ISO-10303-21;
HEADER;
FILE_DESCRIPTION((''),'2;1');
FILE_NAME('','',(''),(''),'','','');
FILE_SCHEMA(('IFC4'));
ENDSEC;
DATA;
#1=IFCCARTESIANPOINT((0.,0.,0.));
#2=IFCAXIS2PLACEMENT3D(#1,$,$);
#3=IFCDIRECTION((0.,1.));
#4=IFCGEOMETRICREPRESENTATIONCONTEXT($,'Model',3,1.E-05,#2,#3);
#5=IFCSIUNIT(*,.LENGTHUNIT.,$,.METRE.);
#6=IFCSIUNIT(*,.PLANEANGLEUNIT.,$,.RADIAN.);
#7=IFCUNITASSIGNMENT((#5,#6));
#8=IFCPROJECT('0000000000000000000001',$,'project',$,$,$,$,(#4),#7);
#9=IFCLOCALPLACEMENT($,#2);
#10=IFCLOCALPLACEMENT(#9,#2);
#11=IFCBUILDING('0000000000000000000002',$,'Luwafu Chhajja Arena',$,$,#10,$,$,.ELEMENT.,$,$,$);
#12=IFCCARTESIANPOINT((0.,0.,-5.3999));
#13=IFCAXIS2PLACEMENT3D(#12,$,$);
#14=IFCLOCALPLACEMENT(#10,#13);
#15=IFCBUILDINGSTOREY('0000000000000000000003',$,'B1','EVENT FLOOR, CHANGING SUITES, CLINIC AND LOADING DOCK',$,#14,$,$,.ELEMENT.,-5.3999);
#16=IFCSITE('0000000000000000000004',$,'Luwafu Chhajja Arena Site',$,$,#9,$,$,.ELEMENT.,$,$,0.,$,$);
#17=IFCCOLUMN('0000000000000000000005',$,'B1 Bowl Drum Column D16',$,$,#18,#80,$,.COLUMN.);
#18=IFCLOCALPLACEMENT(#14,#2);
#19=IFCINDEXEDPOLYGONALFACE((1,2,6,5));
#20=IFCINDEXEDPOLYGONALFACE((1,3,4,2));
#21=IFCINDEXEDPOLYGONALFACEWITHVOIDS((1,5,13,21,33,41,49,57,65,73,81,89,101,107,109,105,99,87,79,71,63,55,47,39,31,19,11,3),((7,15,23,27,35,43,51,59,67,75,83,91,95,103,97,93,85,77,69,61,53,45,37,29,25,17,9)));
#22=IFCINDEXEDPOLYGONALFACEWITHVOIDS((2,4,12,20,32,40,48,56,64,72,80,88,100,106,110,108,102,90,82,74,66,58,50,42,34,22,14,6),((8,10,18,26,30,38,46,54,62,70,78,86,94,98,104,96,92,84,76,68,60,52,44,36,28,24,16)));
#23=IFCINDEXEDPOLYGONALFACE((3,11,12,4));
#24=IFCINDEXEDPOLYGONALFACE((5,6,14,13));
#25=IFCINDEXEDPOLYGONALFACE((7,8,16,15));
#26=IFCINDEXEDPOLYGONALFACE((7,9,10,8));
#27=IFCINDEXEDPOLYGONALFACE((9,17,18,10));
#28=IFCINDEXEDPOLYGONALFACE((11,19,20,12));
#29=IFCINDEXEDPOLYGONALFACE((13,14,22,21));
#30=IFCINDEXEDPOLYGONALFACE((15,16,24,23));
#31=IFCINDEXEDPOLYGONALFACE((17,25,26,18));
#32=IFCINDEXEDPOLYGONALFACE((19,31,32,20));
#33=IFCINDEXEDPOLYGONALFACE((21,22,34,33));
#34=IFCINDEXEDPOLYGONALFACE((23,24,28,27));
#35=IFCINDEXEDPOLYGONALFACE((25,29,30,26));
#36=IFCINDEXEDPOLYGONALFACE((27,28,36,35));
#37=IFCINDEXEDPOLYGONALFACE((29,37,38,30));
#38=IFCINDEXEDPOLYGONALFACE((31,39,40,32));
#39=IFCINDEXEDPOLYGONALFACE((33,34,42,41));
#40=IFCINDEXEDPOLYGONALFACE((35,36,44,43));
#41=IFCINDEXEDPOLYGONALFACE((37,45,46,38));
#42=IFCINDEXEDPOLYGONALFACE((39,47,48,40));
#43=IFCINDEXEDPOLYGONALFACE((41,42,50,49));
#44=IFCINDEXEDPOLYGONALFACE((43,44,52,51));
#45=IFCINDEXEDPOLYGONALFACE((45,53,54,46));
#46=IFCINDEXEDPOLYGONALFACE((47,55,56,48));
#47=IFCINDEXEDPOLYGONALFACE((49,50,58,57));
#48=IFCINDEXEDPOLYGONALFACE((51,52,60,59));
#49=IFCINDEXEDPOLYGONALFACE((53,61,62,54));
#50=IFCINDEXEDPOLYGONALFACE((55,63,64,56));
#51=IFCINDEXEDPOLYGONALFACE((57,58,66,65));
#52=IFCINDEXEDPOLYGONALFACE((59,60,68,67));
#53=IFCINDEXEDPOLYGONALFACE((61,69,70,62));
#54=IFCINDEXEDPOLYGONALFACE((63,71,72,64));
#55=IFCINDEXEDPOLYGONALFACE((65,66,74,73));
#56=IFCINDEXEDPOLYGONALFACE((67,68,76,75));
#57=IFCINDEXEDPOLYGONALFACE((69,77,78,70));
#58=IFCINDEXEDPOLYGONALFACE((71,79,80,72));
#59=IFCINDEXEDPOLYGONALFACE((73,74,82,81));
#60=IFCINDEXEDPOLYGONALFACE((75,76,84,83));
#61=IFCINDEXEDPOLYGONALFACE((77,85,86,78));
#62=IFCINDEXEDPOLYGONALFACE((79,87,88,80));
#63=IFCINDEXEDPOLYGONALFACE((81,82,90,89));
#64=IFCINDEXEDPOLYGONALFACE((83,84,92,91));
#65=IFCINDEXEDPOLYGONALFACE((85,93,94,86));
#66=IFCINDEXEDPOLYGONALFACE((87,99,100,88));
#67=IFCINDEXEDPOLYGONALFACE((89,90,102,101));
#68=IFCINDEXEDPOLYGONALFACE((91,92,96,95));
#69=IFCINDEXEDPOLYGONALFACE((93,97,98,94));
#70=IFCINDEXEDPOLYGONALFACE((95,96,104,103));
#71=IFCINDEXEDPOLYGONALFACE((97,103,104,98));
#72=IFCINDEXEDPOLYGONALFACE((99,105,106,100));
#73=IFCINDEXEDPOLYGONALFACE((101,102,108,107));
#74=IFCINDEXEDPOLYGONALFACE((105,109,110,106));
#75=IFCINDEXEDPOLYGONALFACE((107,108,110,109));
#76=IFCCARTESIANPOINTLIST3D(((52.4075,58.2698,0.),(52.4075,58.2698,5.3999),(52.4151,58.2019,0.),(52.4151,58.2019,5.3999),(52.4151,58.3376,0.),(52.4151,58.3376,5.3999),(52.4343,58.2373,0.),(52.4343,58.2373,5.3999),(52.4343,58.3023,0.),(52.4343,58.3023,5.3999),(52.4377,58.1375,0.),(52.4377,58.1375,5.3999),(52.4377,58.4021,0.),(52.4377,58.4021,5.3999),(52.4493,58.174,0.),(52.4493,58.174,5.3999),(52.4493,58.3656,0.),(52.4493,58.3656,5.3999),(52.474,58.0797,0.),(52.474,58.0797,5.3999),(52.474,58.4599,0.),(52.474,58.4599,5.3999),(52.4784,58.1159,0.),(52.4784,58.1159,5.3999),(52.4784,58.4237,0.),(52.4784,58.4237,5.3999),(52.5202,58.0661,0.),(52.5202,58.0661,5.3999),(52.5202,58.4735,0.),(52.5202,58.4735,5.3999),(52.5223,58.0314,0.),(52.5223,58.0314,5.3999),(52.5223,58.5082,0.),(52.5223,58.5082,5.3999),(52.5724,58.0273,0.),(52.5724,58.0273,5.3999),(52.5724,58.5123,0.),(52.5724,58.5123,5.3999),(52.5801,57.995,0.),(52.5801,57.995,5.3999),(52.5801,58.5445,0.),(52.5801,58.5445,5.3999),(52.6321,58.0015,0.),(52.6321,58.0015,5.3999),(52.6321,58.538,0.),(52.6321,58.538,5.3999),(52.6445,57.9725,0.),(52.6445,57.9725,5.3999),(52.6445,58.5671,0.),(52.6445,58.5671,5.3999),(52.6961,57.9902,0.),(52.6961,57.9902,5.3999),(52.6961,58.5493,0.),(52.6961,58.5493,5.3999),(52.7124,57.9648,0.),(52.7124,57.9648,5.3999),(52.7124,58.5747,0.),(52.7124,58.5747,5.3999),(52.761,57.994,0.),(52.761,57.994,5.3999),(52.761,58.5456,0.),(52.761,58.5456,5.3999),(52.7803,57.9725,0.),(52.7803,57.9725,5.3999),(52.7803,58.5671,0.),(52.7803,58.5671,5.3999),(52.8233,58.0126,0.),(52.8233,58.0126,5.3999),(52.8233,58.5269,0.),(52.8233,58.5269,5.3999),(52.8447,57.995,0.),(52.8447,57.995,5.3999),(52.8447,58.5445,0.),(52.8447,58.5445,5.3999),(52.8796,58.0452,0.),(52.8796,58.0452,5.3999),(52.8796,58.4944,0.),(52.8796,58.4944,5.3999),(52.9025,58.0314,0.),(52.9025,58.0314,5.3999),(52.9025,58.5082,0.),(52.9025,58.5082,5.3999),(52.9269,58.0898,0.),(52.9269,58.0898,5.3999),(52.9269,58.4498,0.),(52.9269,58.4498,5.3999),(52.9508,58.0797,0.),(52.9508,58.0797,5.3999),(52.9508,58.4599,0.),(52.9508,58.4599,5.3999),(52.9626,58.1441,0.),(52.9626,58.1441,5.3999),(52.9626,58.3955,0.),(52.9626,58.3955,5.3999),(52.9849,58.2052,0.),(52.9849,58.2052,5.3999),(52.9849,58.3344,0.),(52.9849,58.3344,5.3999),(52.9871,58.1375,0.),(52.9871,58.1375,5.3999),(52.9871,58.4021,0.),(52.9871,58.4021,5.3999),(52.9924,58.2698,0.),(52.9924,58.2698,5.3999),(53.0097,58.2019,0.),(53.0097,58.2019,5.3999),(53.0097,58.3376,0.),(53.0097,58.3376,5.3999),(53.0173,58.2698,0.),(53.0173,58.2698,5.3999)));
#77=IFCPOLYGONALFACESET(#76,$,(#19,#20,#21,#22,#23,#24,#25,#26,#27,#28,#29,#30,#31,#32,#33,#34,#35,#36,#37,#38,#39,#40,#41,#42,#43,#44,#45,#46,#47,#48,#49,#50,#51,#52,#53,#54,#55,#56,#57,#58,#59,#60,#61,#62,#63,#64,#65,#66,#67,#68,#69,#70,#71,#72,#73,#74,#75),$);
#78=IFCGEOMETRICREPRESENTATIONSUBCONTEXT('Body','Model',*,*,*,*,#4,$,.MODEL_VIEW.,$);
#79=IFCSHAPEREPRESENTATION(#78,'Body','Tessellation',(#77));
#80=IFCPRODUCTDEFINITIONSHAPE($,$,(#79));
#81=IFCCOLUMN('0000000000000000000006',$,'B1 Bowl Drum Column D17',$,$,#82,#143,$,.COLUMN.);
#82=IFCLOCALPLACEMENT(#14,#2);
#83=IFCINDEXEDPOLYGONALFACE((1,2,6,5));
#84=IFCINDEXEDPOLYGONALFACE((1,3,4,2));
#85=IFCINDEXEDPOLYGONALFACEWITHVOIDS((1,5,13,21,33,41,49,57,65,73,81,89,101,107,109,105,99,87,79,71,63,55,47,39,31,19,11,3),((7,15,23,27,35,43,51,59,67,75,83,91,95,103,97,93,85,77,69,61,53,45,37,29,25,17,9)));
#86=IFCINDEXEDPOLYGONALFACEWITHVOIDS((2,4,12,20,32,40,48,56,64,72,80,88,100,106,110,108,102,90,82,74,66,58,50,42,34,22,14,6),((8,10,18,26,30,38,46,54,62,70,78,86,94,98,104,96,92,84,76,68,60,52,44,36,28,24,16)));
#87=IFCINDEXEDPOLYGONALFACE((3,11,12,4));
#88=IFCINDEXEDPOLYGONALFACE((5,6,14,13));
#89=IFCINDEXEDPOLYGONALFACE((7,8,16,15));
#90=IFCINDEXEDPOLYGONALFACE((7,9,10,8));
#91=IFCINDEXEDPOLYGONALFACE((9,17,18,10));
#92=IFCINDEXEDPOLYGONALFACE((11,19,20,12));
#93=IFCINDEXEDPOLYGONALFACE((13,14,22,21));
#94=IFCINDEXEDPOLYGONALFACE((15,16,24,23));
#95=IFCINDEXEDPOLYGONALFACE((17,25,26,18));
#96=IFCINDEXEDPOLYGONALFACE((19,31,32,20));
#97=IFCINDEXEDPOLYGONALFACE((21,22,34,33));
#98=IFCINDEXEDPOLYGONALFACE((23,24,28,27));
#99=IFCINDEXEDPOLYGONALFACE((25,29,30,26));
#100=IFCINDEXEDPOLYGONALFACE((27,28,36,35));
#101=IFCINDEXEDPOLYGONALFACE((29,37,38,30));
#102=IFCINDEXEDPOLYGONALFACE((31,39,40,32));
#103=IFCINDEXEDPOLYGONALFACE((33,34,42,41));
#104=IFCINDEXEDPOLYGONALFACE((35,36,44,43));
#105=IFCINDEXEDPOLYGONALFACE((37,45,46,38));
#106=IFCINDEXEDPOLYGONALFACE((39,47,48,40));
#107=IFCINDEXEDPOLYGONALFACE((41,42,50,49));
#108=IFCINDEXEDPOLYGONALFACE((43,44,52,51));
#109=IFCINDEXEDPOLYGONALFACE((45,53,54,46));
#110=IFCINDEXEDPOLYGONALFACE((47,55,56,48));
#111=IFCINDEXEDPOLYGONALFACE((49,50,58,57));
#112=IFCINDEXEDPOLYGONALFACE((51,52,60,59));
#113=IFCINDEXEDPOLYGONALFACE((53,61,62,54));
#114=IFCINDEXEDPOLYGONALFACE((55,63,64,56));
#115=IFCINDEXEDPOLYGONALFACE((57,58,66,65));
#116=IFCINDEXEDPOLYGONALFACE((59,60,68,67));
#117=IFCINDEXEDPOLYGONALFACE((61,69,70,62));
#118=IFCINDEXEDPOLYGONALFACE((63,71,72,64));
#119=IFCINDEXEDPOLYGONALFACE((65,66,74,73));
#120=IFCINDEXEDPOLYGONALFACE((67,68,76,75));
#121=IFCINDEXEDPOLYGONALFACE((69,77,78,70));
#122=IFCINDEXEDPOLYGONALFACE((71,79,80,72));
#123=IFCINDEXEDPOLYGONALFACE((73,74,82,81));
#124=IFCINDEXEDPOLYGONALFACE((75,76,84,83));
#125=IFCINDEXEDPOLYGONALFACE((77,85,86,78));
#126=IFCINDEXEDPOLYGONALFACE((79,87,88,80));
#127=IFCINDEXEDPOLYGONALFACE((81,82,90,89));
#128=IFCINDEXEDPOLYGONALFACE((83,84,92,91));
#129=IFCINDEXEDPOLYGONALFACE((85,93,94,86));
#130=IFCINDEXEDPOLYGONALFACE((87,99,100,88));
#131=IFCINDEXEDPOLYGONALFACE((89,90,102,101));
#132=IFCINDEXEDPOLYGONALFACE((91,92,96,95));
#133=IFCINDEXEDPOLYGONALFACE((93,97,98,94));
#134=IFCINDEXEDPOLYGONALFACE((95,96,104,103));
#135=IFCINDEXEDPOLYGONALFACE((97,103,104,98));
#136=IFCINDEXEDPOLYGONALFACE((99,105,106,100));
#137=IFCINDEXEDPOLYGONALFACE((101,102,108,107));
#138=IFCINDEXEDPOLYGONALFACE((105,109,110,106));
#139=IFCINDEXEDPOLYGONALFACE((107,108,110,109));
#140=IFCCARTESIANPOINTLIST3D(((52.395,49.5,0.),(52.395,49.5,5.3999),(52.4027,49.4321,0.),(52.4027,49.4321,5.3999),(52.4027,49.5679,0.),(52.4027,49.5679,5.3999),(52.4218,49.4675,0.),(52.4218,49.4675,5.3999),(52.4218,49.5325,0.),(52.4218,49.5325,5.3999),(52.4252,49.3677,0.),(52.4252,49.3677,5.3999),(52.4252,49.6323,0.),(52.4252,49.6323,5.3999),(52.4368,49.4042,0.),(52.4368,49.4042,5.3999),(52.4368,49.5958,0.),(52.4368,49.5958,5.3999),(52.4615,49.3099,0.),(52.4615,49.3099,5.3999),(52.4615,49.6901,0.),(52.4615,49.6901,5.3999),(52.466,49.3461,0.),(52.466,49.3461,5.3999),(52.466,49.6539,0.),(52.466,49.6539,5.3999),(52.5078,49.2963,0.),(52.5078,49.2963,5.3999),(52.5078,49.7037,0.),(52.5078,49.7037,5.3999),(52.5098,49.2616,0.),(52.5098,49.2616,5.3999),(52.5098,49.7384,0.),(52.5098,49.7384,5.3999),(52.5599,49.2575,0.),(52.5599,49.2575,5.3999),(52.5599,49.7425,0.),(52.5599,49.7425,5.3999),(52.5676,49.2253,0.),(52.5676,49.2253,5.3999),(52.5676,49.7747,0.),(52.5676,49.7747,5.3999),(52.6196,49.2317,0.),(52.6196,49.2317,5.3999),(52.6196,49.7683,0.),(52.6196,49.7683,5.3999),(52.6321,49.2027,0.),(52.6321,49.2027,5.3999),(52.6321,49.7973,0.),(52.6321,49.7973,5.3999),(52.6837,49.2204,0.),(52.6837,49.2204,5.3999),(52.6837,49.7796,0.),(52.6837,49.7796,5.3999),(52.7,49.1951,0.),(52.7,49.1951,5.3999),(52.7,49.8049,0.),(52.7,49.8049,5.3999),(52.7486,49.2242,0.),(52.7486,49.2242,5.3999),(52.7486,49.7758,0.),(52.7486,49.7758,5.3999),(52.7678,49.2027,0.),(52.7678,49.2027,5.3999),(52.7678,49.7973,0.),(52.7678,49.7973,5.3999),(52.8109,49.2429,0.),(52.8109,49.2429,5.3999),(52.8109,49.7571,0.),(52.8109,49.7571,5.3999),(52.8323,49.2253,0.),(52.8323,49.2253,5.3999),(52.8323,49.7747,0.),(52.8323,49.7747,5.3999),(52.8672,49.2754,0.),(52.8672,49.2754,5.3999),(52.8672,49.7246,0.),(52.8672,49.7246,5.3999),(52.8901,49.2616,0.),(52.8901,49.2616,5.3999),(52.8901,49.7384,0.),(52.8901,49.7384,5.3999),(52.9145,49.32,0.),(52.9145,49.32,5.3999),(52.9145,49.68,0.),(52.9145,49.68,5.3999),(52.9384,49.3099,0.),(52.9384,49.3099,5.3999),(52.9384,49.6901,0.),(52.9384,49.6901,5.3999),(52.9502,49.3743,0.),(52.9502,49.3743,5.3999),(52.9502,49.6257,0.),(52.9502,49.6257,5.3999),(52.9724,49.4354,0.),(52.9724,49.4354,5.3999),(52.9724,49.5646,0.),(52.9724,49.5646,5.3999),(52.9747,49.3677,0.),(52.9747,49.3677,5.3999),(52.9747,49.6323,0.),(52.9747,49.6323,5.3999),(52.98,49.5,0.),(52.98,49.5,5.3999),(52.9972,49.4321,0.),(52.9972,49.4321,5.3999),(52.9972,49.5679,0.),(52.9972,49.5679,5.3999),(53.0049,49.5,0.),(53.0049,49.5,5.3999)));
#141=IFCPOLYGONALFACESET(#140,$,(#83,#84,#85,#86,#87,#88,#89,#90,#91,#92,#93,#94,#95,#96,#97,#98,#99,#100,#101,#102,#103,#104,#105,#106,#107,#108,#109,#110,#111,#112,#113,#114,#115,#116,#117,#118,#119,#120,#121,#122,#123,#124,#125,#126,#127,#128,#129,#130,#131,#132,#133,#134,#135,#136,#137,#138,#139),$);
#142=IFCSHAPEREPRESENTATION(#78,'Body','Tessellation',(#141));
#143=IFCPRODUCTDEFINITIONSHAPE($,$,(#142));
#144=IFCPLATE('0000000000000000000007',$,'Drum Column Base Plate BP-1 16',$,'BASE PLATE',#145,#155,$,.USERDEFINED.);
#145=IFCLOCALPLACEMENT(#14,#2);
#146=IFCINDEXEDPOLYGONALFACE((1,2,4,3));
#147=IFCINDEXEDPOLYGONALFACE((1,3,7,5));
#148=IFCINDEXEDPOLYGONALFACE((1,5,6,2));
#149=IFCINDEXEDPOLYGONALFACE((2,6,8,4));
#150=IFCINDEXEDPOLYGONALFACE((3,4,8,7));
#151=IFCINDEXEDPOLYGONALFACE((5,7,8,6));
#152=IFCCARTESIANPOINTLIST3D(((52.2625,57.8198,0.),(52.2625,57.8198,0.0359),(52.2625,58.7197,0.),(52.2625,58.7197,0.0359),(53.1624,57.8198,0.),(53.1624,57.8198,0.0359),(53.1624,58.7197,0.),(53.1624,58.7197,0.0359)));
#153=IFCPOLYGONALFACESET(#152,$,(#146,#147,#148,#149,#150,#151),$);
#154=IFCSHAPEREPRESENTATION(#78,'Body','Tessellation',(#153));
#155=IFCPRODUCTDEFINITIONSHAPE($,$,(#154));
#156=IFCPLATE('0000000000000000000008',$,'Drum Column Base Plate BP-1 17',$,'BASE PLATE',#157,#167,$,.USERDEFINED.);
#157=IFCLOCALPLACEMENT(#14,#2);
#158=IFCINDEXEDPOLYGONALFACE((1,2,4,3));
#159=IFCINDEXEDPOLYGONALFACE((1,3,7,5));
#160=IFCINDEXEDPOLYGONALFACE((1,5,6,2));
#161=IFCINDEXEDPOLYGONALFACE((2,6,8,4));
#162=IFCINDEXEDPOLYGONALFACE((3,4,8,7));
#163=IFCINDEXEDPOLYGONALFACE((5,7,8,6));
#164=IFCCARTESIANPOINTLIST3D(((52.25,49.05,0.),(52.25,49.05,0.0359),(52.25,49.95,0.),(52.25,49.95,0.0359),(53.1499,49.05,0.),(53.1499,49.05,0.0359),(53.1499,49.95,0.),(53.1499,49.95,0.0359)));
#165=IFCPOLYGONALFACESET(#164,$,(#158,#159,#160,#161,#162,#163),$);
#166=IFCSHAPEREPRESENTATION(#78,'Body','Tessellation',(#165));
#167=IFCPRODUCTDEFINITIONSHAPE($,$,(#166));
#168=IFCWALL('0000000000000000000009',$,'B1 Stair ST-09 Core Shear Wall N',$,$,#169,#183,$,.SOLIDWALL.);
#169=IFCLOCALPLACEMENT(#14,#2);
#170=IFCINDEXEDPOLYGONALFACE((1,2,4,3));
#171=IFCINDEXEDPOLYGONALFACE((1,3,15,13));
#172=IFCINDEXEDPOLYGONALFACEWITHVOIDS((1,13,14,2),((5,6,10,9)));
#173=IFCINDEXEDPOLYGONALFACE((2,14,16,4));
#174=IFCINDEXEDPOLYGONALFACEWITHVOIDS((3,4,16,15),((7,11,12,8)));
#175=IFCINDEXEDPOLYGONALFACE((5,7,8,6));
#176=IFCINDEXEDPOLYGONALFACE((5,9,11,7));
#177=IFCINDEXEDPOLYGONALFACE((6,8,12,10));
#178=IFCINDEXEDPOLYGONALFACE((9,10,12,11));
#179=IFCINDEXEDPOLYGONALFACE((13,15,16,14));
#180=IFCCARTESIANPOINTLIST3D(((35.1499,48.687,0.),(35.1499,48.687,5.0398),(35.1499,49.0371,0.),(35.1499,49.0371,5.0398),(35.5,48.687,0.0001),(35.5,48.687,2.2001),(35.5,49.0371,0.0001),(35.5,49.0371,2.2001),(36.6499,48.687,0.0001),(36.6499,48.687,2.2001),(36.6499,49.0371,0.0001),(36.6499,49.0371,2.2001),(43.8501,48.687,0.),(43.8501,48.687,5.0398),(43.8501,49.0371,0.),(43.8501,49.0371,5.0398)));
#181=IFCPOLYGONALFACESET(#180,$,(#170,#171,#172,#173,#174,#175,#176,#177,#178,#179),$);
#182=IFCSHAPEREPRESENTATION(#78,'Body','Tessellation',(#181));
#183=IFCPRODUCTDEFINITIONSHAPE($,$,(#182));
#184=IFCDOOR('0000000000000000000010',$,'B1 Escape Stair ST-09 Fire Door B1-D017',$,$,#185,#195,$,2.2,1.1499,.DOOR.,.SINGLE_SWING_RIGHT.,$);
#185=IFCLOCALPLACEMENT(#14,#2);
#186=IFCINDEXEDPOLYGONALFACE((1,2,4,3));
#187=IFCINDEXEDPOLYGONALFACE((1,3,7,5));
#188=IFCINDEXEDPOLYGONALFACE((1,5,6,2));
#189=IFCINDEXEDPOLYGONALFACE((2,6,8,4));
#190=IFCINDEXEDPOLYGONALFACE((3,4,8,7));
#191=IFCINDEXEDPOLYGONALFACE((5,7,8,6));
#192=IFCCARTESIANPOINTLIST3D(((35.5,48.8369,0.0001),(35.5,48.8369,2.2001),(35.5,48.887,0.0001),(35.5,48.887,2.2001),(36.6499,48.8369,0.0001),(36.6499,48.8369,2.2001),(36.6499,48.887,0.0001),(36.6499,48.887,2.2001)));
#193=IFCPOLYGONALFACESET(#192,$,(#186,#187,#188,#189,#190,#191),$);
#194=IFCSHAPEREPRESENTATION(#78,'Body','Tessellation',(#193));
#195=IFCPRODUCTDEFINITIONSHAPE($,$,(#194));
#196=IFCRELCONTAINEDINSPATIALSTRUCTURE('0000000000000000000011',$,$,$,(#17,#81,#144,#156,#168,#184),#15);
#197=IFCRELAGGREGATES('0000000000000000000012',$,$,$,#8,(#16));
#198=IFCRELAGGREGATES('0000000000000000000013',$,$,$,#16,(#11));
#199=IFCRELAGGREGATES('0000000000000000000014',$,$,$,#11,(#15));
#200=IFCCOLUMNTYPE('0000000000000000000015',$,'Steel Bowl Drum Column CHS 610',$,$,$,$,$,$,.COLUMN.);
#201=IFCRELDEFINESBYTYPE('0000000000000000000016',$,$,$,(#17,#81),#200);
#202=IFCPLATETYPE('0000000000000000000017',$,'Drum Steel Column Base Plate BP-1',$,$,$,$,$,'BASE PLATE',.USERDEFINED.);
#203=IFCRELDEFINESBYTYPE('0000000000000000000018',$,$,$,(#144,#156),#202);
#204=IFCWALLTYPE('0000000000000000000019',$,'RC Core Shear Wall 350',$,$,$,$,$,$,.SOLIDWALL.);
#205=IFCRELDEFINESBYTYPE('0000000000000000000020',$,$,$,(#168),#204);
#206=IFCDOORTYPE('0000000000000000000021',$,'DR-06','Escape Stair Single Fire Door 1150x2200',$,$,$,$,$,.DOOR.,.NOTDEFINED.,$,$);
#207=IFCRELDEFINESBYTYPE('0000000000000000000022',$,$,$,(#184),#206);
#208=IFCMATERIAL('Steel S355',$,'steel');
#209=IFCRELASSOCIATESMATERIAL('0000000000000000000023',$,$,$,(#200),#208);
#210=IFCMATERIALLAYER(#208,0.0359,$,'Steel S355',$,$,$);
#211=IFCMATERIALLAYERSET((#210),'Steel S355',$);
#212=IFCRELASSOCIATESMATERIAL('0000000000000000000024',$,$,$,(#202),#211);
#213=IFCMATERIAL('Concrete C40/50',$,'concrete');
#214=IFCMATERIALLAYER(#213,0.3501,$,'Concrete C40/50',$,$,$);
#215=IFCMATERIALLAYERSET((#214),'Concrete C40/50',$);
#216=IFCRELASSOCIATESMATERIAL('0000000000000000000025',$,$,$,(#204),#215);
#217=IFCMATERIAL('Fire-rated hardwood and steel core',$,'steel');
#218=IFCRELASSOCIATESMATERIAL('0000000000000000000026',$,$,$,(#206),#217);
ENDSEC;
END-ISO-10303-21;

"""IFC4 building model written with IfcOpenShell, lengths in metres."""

from ifc_helpers import new_model, si_unit, direction, frame, frame_2d, origin, origin_2d, place, context, subcontext, project, spatial, rectangle, hollow_circle, extrude, material, layer, layer_set, material_profile, profile_set, type_object, element, fill, save


model = new_model("IFC4")

# Units and contexts
model_context = context("Model", 3, precision=1e-05, world=origin(), true_north=direction((0.0, 1.0)))
body_context = subcontext(model_context, "Body", "Model", "MODEL_VIEW")
ifc_project = project(units=[si_unit("LENGTHUNIT", "METRE"), si_unit("PLANEANGLEUNIT", "RADIAN")], contexts=[model_context])

# Site, building, storey
site_placement = place(None, origin())
site = spatial("IfcSite", under=ifc_project, at=site_placement, Name="Luwafu Chhajja Arena Site", CompositionType="ELEMENT", RefElevation=0.0)
building_placement = place(site_placement, origin())
building = spatial("IfcBuilding", under=site, at=building_placement, Name="Luwafu Chhajja Arena", CompositionType="ELEMENT")
storey_placement = place(building_placement, frame((0.0, 0.0, -5.3999)))
storey = spatial("IfcBuildingStorey", under=building, at=storey_placement, Name="B1", Description="EVENT FLOOR, CHANGING SUITES, CLINIC AND LOADING DOCK", CompositionType="ELEMENT", Elevation=-5.3999)

# Columns
ifc_material_1 = material(Name="Steel S355", Category="steel")
ifc_material_profile_1 = material_profile(ifc_material_1, hollow_circle(Radius=0.3049, WallThickness=0.0249, at=origin_2d()), Name="CHS 610x25")
ifc_profile_set_1 = profile_set([ifc_material_profile_1], Name="Steel S355")
column_type_1 = type_object("IfcColumnType", Name="Steel Bowl Drum Column CHS 610", PredefinedType="COLUMN", material=ifc_profile_set_1)
for number, where, z_axis, x_axis, name in (
    (1, (52.7124, 58.2698, 0.0), (0.0, 0.0, 1.0), (1.0, 0.0, 0.0), "B1 Bowl Drum Column D16"),
    (2, (52.7, 49.5, 0.0), (0.0, 0.0, 1.0), (1.0, 0.0, 0.0), "B1 Bowl Drum Column D17"),
):
    element("IfcColumn", number, at=place(storey_placement, frame(where, z_axis=z_axis, x_axis=x_axis)), inside=storey, type_object=column_type_1, Name=name, PredefinedType="COLUMN", context=body_context, shape_type="SweptSolid", body=[
        extrude(hollow_circle(Radius=0.3049, WallThickness=0.0249, at=origin_2d()), origin(), (0.0, 0.0, 1.0), 5.3999),
    ])

# Plates
ifc_layer_1 = layer(ifc_material_1, 0.0359, Name="Steel S355")
ifc_layer_set_1 = layer_set([ifc_layer_1], Name="Steel S355")
plate_type = type_object("IfcPlateType", Name="Drum Steel Column Base Plate BP-1", ElementType="BASE PLATE", PredefinedType="USERDEFINED", material=ifc_layer_set_1)
for number, where, z_axis, x_axis, name in (
    (3, (52.7124, 58.2698, 0.0), (0.0, 0.0, 1.0), (1.0, 0.0, 0.0), "Drum Column Base Plate BP-1 16"),
    (4, (52.7, 49.5, 0.0), (0.0, 0.0, 1.0), (1.0, 0.0, 0.0), "Drum Column Base Plate BP-1 17"),
):
    element("IfcPlate", number, at=place(storey_placement, frame(where, z_axis=z_axis, x_axis=x_axis)), inside=storey, type_object=plate_type, Name=name, ObjectType="BASE PLATE", PredefinedType="USERDEFINED", context=body_context, shape_type="SweptSolid", body=[
        extrude(rectangle(XDim=0.8999, YDim=0.8999, at=origin_2d()), origin(), (0.0, 0.0, 1.0), 0.0359),
    ])

# Wall, opening, door
ifc_material_2 = material(Name="Concrete C40/50", Category="concrete")
ifc_layer_2 = layer(ifc_material_2, 0.3501, Name="Concrete C40/50")
ifc_layer_set_2 = layer_set([ifc_layer_2], Name="Concrete C40/50")
wall_type_1 = type_object("IfcWallType", Name="RC Core Shear Wall 350", PredefinedType="SOLIDWALL", material=ifc_layer_set_2)
wall_1_placement = place(storey_placement, frame((35.1499, 48.8621, 0.0), z_axis=(0.0, 0.0, 1.0), x_axis=(1.0, 0.0, 0.0)))
wall_1 = element("IfcWall", 5, at=wall_1_placement, inside=storey, type_object=wall_type_1, Name="B1 Stair ST-09 Core Shear Wall N", PredefinedType="SOLIDWALL", context=body_context, shape_type="SweptSolid", body=[
    extrude(rectangle(XDim=8.7002, YDim=0.3501, at=frame_2d((4.3501, 0.0))), origin(), (0.0, 0.0, 1.0), 5.0398),
])
opening_1_placement = place(wall_1_placement, frame((0.3501, 0.0, 0.0)))
opening_1 = element("IfcOpeningElement", 6, at=opening_1_placement, cuts=wall_1, PredefinedType="OPENING", context=body_context, shape_type="SweptSolid", body=[
    extrude(rectangle(XDim=1.1499, YDim=2.2, at=frame_2d((0.575, 1.1001))), frame((0.0, 0.1851, 0.0), z_axis=(0.0, -1.0, 0.0), x_axis=(1.0, 0.0, 0.0)), (0.0, 0.0, 1.0), 0.3701),
])
ifc_material_3 = material(Name="Fire-rated hardwood and steel core", Category="steel")
door_type = type_object("IfcDoorType", Name="DR-06", Description="Escape Stair Single Fire Door 1150x2200", OperationType="NOTDEFINED", PredefinedType="DOOR", material=ifc_material_3)
door_1_placement = place(opening_1_placement, origin())
door_1 = element("IfcDoor", 7, at=door_1_placement, inside=storey, type_object=door_type, Name="B1 Escape Stair ST-09 Fire Door B1-D017", OperationType="SINGLE_SWING_RIGHT", OverallHeight=2.2, OverallWidth=1.1499, PredefinedType="DOOR", context=body_context, shape_type="SweptSolid", body=[
    extrude(rectangle(XDim=1.1499, YDim=2.2, at=frame_2d((0.575, 1.1001))), frame((0.0, 0.0249, 0.0), z_axis=(0.0, -1.0, 0.0), x_axis=(1.0, 0.0, 0.0)), (0.0, 0.0, 1.0), 0.05),
])
fill(opening_1, door_1)

save(model, "model.ifc")
